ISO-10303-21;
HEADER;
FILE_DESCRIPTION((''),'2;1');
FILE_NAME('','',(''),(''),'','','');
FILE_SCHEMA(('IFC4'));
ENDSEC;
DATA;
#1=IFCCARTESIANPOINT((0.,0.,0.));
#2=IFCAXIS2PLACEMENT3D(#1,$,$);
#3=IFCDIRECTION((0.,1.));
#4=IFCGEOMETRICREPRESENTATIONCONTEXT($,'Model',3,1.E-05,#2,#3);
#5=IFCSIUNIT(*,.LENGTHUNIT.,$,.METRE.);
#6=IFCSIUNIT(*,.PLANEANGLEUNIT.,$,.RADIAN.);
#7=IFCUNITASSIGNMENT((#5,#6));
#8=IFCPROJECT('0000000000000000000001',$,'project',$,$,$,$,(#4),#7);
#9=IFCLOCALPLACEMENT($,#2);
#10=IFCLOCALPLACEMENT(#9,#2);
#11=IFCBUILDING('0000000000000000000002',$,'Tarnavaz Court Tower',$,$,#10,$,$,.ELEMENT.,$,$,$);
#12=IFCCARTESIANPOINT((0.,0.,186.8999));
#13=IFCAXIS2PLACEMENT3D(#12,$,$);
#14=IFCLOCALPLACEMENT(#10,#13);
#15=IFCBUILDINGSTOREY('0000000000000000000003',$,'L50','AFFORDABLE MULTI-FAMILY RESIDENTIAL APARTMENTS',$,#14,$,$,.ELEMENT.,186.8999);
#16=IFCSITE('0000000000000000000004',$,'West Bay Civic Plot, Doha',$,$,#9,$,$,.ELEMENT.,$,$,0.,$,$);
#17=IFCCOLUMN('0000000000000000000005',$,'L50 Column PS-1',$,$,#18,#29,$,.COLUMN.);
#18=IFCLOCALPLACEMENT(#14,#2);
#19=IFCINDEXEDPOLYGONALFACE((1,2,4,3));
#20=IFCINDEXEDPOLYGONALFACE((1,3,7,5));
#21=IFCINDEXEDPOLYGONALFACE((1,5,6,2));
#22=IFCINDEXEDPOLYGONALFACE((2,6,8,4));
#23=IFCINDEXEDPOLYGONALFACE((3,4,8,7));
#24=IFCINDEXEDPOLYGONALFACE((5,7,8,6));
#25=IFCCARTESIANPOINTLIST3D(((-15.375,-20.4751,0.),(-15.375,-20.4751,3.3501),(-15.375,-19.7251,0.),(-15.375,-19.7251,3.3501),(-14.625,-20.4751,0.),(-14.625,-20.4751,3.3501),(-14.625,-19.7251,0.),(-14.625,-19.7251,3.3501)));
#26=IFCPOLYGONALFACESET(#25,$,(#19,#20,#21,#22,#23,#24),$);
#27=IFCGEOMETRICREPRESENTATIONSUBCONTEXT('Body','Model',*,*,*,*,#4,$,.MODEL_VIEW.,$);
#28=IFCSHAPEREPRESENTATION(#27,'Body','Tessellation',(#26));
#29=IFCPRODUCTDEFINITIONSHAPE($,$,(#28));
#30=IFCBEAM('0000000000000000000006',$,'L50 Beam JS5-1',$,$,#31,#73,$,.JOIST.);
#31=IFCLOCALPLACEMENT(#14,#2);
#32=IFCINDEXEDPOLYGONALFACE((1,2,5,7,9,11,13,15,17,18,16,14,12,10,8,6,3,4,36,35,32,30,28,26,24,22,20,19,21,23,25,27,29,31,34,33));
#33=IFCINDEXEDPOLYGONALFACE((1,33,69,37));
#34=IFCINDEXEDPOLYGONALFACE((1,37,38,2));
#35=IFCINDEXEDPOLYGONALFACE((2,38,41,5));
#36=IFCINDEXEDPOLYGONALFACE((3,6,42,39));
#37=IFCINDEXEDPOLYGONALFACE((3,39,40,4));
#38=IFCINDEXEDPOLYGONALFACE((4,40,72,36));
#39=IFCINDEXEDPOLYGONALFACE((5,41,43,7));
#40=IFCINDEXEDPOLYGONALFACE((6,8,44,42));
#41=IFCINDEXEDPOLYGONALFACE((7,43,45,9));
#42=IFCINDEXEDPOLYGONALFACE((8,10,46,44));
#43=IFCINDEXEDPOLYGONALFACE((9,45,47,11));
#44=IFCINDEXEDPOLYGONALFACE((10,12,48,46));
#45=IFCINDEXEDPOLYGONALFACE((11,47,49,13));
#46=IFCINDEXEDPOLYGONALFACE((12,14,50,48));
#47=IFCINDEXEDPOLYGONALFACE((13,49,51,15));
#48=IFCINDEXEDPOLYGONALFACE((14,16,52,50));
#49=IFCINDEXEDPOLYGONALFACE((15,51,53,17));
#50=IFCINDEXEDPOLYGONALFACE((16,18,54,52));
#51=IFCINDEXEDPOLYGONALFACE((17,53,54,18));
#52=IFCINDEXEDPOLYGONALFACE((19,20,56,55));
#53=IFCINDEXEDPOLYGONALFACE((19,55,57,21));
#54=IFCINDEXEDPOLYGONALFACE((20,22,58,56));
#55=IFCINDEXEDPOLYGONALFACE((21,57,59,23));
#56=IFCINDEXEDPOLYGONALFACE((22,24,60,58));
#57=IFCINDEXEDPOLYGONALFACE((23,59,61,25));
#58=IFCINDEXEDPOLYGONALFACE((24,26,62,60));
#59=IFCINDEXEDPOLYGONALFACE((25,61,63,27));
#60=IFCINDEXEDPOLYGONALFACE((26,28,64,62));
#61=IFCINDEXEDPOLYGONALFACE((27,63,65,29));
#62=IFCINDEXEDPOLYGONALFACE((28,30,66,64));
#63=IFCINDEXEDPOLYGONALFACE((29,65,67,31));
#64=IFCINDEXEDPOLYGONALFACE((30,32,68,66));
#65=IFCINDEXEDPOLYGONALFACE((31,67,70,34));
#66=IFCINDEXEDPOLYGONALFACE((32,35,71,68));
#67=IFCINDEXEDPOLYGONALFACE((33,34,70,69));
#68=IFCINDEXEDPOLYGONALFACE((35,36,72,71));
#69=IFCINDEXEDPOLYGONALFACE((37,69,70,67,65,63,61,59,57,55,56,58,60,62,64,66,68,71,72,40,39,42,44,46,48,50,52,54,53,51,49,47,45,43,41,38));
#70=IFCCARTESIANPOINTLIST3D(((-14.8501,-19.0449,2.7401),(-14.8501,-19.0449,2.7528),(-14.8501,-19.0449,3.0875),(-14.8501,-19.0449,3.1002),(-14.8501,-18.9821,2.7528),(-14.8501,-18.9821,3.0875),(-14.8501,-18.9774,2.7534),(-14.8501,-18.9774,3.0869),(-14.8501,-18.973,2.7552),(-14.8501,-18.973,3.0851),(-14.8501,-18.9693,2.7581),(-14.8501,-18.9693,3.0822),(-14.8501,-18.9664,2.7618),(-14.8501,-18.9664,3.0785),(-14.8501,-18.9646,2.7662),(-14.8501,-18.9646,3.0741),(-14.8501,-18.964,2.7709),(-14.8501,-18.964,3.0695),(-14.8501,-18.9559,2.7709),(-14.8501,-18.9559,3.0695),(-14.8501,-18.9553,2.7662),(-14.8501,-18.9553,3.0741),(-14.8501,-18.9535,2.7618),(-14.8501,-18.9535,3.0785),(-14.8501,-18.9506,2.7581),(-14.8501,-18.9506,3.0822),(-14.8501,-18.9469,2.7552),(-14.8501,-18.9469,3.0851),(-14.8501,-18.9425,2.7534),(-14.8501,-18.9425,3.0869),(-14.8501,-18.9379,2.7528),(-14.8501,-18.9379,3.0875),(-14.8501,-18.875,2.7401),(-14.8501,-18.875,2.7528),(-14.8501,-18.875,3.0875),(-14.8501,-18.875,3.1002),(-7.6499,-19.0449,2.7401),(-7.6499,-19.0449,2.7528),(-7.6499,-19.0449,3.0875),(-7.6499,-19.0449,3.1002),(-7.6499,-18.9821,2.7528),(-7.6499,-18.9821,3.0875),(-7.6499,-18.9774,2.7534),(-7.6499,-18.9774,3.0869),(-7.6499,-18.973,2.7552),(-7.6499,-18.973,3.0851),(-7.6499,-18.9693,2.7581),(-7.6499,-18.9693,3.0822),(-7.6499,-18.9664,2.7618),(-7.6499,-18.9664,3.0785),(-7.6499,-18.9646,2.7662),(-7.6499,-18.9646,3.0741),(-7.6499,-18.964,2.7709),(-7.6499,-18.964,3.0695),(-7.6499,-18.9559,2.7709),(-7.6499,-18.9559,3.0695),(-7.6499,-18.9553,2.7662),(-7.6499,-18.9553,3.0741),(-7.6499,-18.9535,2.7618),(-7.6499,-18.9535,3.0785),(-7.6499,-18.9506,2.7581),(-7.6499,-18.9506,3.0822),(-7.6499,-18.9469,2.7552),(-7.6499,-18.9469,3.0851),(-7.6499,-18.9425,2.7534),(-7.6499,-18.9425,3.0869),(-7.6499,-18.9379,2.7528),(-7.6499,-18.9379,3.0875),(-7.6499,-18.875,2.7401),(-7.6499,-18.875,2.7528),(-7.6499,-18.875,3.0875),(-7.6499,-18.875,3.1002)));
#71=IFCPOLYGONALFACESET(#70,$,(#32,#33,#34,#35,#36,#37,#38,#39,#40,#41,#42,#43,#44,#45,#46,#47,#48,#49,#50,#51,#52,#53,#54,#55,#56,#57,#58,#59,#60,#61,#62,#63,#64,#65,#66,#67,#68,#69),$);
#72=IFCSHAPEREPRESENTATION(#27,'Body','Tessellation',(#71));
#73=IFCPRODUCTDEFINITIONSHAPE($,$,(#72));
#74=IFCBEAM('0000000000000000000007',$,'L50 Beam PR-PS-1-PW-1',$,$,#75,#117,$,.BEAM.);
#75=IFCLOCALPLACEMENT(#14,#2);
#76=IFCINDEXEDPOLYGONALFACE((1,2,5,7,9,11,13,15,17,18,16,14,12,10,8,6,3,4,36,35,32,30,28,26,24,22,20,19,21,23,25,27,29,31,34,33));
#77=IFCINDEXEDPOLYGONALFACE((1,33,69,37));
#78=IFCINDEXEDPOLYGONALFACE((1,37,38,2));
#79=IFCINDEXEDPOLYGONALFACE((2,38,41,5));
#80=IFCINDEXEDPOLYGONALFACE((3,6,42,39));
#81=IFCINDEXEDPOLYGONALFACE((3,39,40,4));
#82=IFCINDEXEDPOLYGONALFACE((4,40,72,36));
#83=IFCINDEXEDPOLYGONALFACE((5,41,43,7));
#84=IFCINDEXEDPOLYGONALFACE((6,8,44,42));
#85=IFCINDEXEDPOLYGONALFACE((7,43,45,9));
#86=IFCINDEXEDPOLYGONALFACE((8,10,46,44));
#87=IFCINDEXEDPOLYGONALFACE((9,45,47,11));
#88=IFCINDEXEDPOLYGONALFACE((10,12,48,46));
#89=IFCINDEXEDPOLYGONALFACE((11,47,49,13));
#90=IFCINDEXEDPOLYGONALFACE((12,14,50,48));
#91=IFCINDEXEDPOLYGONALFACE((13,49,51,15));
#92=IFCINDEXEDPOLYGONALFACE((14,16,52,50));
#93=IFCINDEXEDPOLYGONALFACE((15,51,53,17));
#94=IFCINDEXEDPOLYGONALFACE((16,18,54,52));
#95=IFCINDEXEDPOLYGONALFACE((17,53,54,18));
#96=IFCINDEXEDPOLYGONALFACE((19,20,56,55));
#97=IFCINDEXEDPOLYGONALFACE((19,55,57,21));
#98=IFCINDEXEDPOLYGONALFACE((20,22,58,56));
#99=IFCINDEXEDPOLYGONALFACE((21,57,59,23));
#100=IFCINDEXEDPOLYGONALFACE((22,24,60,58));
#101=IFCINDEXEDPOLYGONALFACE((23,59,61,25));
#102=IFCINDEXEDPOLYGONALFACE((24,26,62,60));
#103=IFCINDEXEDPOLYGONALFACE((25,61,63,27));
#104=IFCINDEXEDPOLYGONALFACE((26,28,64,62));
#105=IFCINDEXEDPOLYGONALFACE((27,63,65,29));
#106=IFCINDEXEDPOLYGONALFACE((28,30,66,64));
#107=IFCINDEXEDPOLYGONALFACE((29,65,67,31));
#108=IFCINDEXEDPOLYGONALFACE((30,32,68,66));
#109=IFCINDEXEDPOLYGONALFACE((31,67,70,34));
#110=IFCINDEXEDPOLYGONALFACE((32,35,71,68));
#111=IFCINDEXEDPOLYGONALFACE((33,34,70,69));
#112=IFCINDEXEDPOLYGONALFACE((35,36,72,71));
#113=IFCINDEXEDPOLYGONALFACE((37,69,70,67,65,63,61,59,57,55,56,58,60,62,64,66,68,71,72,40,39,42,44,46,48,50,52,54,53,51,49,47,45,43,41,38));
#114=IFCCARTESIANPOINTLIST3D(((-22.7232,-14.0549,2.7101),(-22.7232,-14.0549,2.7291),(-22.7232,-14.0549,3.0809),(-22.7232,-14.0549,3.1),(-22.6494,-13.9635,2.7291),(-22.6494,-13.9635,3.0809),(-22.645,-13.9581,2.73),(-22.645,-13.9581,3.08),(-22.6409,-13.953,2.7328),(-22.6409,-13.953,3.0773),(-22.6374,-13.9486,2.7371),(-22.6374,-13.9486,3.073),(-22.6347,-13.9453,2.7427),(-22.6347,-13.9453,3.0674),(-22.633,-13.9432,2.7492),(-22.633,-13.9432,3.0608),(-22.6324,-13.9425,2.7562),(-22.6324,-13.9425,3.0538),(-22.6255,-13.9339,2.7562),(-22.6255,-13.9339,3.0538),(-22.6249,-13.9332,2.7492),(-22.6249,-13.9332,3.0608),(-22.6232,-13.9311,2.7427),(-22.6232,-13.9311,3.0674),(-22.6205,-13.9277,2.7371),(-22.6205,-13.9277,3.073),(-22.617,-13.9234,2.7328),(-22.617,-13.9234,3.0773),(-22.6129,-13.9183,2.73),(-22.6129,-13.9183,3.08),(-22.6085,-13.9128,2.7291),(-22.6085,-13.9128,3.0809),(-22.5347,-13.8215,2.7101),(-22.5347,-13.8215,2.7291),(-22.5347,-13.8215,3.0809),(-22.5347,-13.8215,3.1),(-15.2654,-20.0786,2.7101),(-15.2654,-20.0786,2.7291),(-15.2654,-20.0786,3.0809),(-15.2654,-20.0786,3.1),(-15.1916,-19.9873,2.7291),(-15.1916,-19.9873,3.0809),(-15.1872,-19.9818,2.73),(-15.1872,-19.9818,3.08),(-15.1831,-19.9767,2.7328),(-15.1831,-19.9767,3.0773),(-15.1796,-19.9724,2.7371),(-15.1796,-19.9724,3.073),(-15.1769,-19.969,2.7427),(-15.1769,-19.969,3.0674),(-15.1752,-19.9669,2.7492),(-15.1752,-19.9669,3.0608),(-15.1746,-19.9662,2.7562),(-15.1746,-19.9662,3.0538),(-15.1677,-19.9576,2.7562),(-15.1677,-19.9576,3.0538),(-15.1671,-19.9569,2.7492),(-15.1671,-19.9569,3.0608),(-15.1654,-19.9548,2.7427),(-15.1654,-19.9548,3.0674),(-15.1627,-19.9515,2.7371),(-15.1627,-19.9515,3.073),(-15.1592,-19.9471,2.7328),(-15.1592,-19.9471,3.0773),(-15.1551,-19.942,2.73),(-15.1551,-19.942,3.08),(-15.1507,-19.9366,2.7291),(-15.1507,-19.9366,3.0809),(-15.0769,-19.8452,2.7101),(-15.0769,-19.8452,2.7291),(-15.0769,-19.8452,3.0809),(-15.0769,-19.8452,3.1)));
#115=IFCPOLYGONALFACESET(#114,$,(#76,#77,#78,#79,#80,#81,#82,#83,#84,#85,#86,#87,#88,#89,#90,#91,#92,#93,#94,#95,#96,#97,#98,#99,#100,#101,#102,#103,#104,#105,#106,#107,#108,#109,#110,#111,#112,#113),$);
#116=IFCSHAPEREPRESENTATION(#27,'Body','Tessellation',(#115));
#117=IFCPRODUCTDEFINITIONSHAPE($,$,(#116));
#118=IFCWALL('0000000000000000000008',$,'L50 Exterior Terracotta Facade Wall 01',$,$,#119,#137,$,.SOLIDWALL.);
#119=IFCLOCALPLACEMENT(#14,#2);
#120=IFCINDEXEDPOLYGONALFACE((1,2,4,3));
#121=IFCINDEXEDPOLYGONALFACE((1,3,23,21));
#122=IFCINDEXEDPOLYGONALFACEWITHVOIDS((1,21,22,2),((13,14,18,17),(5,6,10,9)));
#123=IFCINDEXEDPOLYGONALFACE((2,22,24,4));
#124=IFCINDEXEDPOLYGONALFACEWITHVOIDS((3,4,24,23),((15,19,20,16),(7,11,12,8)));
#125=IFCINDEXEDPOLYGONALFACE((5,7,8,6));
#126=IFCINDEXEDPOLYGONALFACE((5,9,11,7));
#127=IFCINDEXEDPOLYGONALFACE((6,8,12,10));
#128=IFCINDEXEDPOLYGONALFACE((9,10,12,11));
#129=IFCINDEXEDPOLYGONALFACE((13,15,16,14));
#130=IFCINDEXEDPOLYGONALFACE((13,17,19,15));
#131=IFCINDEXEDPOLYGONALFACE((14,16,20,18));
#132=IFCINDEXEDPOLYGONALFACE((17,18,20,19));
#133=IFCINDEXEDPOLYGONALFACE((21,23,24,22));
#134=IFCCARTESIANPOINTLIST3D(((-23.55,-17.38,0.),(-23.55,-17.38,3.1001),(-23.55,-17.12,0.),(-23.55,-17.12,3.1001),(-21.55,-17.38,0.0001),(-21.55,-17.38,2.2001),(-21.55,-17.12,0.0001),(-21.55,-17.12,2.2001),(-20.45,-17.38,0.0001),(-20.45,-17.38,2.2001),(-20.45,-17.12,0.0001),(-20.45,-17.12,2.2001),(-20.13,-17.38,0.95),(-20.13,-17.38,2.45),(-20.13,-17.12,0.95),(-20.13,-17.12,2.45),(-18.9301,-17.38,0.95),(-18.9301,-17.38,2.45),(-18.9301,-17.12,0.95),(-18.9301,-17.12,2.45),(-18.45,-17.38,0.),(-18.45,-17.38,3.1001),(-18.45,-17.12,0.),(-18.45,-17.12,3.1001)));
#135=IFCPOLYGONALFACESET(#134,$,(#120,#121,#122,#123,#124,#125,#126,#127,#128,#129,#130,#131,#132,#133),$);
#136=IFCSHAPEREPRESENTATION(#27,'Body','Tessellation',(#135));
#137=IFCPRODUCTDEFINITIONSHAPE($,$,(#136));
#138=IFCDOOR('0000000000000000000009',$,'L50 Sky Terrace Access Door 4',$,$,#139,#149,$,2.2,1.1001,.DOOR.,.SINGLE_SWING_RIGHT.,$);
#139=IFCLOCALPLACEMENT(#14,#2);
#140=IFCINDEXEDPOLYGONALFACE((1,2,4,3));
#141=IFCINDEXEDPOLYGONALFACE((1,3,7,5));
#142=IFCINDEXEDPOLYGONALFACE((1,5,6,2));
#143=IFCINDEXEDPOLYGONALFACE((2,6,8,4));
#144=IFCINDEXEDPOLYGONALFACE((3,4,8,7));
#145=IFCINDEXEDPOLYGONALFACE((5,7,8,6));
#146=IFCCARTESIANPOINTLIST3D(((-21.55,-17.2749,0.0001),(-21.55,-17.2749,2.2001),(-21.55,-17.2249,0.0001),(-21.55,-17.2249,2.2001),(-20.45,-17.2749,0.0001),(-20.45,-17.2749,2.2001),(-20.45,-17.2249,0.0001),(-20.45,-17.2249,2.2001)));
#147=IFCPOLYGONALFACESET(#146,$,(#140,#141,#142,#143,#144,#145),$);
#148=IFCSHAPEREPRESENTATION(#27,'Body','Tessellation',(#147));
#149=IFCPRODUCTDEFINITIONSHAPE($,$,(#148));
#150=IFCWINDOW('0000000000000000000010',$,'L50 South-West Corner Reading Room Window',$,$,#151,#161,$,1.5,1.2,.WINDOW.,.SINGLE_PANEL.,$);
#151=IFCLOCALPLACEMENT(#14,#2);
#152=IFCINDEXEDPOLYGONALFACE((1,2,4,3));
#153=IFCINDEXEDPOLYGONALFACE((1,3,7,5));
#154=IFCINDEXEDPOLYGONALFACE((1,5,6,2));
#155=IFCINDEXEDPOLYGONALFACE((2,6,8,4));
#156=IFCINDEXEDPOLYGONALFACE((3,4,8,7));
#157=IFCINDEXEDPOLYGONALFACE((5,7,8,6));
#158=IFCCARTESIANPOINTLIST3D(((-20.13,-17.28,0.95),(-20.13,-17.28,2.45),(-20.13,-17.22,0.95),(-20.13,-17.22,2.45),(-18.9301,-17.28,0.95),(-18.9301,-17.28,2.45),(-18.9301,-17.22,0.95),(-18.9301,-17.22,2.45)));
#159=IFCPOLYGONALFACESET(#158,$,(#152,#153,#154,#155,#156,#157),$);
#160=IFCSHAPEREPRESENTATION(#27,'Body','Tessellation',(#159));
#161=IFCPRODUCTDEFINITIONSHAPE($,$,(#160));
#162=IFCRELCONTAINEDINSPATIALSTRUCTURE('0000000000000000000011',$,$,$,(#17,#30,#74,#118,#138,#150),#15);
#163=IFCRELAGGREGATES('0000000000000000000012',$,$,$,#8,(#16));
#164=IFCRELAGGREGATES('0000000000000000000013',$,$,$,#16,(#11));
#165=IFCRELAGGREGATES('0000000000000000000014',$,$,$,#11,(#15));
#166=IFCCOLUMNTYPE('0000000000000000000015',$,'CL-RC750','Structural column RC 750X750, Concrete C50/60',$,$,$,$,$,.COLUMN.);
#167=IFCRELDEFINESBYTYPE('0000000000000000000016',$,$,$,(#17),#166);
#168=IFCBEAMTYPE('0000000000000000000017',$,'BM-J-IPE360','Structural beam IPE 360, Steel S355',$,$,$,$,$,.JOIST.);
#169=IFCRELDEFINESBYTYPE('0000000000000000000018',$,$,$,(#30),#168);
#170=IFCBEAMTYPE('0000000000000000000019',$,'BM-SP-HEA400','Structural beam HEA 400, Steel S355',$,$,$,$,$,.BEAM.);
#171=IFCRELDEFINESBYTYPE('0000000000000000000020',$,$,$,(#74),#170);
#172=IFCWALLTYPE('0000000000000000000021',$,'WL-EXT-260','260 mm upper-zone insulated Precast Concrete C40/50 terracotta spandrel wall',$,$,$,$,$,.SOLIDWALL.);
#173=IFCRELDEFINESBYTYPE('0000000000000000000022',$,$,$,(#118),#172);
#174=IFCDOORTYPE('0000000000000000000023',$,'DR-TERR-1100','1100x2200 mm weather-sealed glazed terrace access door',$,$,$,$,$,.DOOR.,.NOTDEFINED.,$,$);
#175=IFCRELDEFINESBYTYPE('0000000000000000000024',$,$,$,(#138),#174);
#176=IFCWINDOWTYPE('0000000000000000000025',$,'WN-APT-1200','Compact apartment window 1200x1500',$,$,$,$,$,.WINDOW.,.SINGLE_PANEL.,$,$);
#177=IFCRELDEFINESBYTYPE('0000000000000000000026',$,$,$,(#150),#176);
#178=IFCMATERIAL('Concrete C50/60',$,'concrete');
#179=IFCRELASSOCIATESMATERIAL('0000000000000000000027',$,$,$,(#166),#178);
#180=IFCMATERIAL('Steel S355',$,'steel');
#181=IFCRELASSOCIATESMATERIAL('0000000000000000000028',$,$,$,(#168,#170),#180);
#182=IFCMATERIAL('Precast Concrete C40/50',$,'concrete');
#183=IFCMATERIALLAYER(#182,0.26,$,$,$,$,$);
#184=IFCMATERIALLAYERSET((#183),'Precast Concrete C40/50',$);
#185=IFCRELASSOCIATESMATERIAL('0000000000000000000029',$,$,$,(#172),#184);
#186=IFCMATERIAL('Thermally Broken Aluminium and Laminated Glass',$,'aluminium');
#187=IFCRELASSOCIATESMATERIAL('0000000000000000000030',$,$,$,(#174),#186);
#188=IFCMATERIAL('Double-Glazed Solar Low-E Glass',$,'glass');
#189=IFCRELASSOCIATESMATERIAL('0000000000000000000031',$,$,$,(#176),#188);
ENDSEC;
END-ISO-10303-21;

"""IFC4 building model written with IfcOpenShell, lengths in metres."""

from ifc_helpers import new_model, si_unit, direction, frame, frame_2d, origin, origin_2d, place, context, subcontext, project, spatial, rectangle, i_section, extrude, material, layer, layer_set, material_profile, profile_set, type_object, element, fill, save


model = new_model("IFC4")

# Units and contexts
model_context = context("Model", 3, precision=1e-05, world=origin(), true_north=direction((0.0, 1.0)))
body_context = subcontext(model_context, "Body", "Model", "MODEL_VIEW")
ifc_project = project(units=[si_unit("LENGTHUNIT", "METRE"), si_unit("PLANEANGLEUNIT", "RADIAN")], contexts=[model_context])

# Site, building, storey
site_placement = place(None, origin())
site = spatial("IfcSite", under=ifc_project, at=site_placement, Name="West Bay Civic Plot, Doha", CompositionType="ELEMENT", RefElevation=0.0)
building_placement = place(site_placement, origin())
building = spatial("IfcBuilding", under=site, at=building_placement, Name="Tarnavaz Court Tower", CompositionType="ELEMENT")
storey_placement = place(building_placement, frame((0.0, 0.0, 186.8999)))
storey = spatial("IfcBuildingStorey", under=building, at=storey_placement, Name="L50", Description="AFFORDABLE MULTI-FAMILY RESIDENTIAL APARTMENTS", CompositionType="ELEMENT", Elevation=186.8999)

# Column
ifc_material_1 = material(Name="Concrete C50/60", Category="concrete")
ifc_material_profile_1 = material_profile(ifc_material_1, rectangle(XDim=0.75, YDim=0.75, at=origin_2d()), Name="RC 750X750")
ifc_profile_set_1 = profile_set([ifc_material_profile_1], Name="Concrete C50/60")
column_type = type_object("IfcColumnType", Name="CL-RC750", Description="Structural column RC 750X750, Concrete C50/60", PredefinedType="COLUMN", material=ifc_profile_set_1)
column_placement = place(storey_placement, frame((-15.0, -20.1001, 0.0), z_axis=(0.0, 0.0, 1.0), x_axis=(1.0, 0.0, 0.0)))
element("IfcColumn", 1, at=column_placement, inside=storey, type_object=column_type, Name="L50 Column PS-1", PredefinedType="COLUMN", context=body_context, shape_type="SweptSolid", body=[
    extrude(rectangle(XDim=0.75, YDim=0.75, at=origin_2d()), origin(), (0.0, 0.0, 1.0), 3.3501),
])

# Beams
ifc_material_2 = material(Name="Steel S355", Category="steel")
ifc_material_profile_2 = material_profile(ifc_material_2, i_section(OverallWidth=0.1699, OverallDepth=0.3601, WebThickness=0.0081, FlangeThickness=0.0127, FilletRadius=0.0181, at=origin_2d()), Name="IPE 360")
ifc_profile_set_2 = profile_set([ifc_material_profile_2], Name="Steel S355")
beam_type_1 = type_object("IfcBeamType", Name="BM-J-IPE360", Description="Structural beam IPE 360, Steel S355", PredefinedType="JOIST", material=ifc_profile_set_2)
beam_1_placement = place(storey_placement, frame((-14.8501, -18.96, 2.9202), z_axis=(1.0, 0.0, 0.0), x_axis=(0.0, 1.0, 0.0)))
element("IfcBeam", 2, at=beam_1_placement, inside=storey, type_object=beam_type_1, Name="L50 Beam JS5-1", PredefinedType="JOIST", context=body_context, shape_type="SweptSolid", body=[
    extrude(i_section(OverallWidth=0.1699, OverallDepth=0.3601, WebThickness=0.0081, FlangeThickness=0.0127, FilletRadius=0.0181, at=origin_2d()), origin(), (0.0, 0.0, 1.0), 7.2002),
])
ifc_material_profile_3 = material_profile(ifc_material_2, i_section(OverallWidth=0.3, OverallDepth=0.3899, WebThickness=0.011, FlangeThickness=0.019, FilletRadius=0.0271, at=origin_2d()), Name="HEA 400")
ifc_profile_set_3 = profile_set([ifc_material_profile_3], Name="Steel S355")
beam_type_2 = type_object("IfcBeamType", Name="BM-SP-HEA400", Description="Structural beam HEA 400, Steel S355", PredefinedType="BEAM", material=ifc_profile_set_3)
beam_2_placement = place(storey_placement, frame((-15.1711, -19.9619, 2.905), z_axis=(-0.777936, 0.628344, 0.0), x_axis=(-0.628344, -0.777936, 0.0)))
element("IfcBeam", 3, at=beam_2_placement, inside=storey, type_object=beam_type_2, Name="L50 Beam PR-PS-1-PW-1", PredefinedType="BEAM", context=body_context, shape_type="SweptSolid", body=[
    extrude(i_section(OverallWidth=0.3, OverallDepth=0.3899, WebThickness=0.011, FlangeThickness=0.019, FilletRadius=0.0271, at=origin_2d()), origin(), (0.0, 0.0, 1.0), 9.5867),
])

# Wall, openings, door, window
ifc_material_3 = material(Name="Precast Concrete C40/50", Category="concrete")
ifc_layer_1 = layer(ifc_material_3, 0.26)
ifc_layer_set_1 = layer_set([ifc_layer_1], Name="Precast Concrete C40/50")
wall_type_1 = type_object("IfcWallType", Name="WL-EXT-260", Description="260 mm upper-zone insulated Precast Concrete C40/50 terracotta spandrel wall", PredefinedType="SOLIDWALL", material=ifc_layer_set_1)
wall_1_placement = place(storey_placement, frame((-18.45, -17.25, 0.0), z_axis=(0.0, 0.0, 1.0), x_axis=(-1.0, 0.0, 0.0)))
wall_1 = element("IfcWall", 4, at=wall_1_placement, inside=storey, type_object=wall_type_1, Name="L50 Exterior Terracotta Facade Wall 01", PredefinedType="SOLIDWALL", context=body_context, shape_type="SweptSolid", body=[
    extrude(rectangle(XDim=5.1001, YDim=0.26, at=frame_2d((2.55, 0.0))), origin(), (0.0, 0.0, 1.0), 3.1001),
])
opening_1_placement = place(wall_1_placement, frame((2.0, 0.0, 0.0)))
opening_1 = element("IfcOpeningElement", 5, at=opening_1_placement, cuts=wall_1, PredefinedType="OPENING", context=body_context, shape_type="SweptSolid", body=[
    extrude(rectangle(XDim=1.1001, YDim=2.2, at=frame_2d((0.55, 1.1001))), frame((0.0, 0.1399, 0.0), z_axis=(0.0, -1.0, 0.0), x_axis=(1.0, 0.0, 0.0)), (0.0, 0.0, 1.0), 0.28),
])
opening_2_placement = place(wall_1_placement, frame((0.48, 0.0, 0.95)))
opening_2 = element("IfcOpeningElement", 6, at=opening_2_placement, cuts=wall_1, PredefinedType="OPENING", context=body_context, shape_type="SweptSolid", body=[
    extrude(rectangle(XDim=1.2, YDim=1.5, at=frame_2d((0.6001, 0.75))), frame((0.0, 0.1399, 0.0), z_axis=(0.0, -1.0, 0.0), x_axis=(1.0, 0.0, 0.0)), (0.0, 0.0, 1.0), 0.28),
])
ifc_material_4 = material(Name="Thermally Broken Aluminium and Laminated Glass", Category="aluminium")
door_type_1 = type_object("IfcDoorType", Name="DR-TERR-1100", Description="1100x2200 mm weather-sealed glazed terrace access door", OperationType="NOTDEFINED", PredefinedType="DOOR", material=ifc_material_4)
door_1_placement = place(opening_1_placement, origin())
door_1 = element("IfcDoor", 7, at=door_1_placement, inside=storey, type_object=door_type_1, Name="L50 Sky Terrace Access Door 4", OperationType="SINGLE_SWING_RIGHT", OverallHeight=2.2, OverallWidth=1.1001, PredefinedType="DOOR", context=body_context, shape_type="SweptSolid", body=[
    extrude(rectangle(XDim=1.1001, YDim=2.2, at=frame_2d((0.55, 1.1001))), frame((0.0, 0.0249, 0.0), z_axis=(0.0, -1.0, 0.0), x_axis=(1.0, 0.0, 0.0)), (0.0, 0.0, 1.0), 0.05),
])
fill(opening_1, door_1)
ifc_material_5 = material(Name="Double-Glazed Solar Low-E Glass", Category="glass")
window_type_1 = type_object("IfcWindowType", Name="WN-APT-1200", Description="Compact apartment window 1200x1500", PartitioningType="SINGLE_PANEL", PredefinedType="WINDOW", material=ifc_material_5)
window_1_placement = place(opening_2_placement, origin())
window_1 = element("IfcWindow", 8, at=window_1_placement, inside=storey, type_object=window_type_1, Name="L50 South-West Corner Reading Room Window", OverallHeight=1.5, OverallWidth=1.2, PartitioningType="SINGLE_PANEL", PredefinedType="WINDOW", context=body_context, shape_type="SweptSolid", body=[
    extrude(rectangle(XDim=1.2, YDim=1.5, at=frame_2d((0.6001, 0.75))), frame((0.0, 0.03, 0.0), z_axis=(0.0, -1.0, 0.0), x_axis=(1.0, 0.0, 0.0)), (0.0, 0.0, 1.0), 0.0601),
])
fill(opening_2, window_1)

save(model, "model.ifc")
